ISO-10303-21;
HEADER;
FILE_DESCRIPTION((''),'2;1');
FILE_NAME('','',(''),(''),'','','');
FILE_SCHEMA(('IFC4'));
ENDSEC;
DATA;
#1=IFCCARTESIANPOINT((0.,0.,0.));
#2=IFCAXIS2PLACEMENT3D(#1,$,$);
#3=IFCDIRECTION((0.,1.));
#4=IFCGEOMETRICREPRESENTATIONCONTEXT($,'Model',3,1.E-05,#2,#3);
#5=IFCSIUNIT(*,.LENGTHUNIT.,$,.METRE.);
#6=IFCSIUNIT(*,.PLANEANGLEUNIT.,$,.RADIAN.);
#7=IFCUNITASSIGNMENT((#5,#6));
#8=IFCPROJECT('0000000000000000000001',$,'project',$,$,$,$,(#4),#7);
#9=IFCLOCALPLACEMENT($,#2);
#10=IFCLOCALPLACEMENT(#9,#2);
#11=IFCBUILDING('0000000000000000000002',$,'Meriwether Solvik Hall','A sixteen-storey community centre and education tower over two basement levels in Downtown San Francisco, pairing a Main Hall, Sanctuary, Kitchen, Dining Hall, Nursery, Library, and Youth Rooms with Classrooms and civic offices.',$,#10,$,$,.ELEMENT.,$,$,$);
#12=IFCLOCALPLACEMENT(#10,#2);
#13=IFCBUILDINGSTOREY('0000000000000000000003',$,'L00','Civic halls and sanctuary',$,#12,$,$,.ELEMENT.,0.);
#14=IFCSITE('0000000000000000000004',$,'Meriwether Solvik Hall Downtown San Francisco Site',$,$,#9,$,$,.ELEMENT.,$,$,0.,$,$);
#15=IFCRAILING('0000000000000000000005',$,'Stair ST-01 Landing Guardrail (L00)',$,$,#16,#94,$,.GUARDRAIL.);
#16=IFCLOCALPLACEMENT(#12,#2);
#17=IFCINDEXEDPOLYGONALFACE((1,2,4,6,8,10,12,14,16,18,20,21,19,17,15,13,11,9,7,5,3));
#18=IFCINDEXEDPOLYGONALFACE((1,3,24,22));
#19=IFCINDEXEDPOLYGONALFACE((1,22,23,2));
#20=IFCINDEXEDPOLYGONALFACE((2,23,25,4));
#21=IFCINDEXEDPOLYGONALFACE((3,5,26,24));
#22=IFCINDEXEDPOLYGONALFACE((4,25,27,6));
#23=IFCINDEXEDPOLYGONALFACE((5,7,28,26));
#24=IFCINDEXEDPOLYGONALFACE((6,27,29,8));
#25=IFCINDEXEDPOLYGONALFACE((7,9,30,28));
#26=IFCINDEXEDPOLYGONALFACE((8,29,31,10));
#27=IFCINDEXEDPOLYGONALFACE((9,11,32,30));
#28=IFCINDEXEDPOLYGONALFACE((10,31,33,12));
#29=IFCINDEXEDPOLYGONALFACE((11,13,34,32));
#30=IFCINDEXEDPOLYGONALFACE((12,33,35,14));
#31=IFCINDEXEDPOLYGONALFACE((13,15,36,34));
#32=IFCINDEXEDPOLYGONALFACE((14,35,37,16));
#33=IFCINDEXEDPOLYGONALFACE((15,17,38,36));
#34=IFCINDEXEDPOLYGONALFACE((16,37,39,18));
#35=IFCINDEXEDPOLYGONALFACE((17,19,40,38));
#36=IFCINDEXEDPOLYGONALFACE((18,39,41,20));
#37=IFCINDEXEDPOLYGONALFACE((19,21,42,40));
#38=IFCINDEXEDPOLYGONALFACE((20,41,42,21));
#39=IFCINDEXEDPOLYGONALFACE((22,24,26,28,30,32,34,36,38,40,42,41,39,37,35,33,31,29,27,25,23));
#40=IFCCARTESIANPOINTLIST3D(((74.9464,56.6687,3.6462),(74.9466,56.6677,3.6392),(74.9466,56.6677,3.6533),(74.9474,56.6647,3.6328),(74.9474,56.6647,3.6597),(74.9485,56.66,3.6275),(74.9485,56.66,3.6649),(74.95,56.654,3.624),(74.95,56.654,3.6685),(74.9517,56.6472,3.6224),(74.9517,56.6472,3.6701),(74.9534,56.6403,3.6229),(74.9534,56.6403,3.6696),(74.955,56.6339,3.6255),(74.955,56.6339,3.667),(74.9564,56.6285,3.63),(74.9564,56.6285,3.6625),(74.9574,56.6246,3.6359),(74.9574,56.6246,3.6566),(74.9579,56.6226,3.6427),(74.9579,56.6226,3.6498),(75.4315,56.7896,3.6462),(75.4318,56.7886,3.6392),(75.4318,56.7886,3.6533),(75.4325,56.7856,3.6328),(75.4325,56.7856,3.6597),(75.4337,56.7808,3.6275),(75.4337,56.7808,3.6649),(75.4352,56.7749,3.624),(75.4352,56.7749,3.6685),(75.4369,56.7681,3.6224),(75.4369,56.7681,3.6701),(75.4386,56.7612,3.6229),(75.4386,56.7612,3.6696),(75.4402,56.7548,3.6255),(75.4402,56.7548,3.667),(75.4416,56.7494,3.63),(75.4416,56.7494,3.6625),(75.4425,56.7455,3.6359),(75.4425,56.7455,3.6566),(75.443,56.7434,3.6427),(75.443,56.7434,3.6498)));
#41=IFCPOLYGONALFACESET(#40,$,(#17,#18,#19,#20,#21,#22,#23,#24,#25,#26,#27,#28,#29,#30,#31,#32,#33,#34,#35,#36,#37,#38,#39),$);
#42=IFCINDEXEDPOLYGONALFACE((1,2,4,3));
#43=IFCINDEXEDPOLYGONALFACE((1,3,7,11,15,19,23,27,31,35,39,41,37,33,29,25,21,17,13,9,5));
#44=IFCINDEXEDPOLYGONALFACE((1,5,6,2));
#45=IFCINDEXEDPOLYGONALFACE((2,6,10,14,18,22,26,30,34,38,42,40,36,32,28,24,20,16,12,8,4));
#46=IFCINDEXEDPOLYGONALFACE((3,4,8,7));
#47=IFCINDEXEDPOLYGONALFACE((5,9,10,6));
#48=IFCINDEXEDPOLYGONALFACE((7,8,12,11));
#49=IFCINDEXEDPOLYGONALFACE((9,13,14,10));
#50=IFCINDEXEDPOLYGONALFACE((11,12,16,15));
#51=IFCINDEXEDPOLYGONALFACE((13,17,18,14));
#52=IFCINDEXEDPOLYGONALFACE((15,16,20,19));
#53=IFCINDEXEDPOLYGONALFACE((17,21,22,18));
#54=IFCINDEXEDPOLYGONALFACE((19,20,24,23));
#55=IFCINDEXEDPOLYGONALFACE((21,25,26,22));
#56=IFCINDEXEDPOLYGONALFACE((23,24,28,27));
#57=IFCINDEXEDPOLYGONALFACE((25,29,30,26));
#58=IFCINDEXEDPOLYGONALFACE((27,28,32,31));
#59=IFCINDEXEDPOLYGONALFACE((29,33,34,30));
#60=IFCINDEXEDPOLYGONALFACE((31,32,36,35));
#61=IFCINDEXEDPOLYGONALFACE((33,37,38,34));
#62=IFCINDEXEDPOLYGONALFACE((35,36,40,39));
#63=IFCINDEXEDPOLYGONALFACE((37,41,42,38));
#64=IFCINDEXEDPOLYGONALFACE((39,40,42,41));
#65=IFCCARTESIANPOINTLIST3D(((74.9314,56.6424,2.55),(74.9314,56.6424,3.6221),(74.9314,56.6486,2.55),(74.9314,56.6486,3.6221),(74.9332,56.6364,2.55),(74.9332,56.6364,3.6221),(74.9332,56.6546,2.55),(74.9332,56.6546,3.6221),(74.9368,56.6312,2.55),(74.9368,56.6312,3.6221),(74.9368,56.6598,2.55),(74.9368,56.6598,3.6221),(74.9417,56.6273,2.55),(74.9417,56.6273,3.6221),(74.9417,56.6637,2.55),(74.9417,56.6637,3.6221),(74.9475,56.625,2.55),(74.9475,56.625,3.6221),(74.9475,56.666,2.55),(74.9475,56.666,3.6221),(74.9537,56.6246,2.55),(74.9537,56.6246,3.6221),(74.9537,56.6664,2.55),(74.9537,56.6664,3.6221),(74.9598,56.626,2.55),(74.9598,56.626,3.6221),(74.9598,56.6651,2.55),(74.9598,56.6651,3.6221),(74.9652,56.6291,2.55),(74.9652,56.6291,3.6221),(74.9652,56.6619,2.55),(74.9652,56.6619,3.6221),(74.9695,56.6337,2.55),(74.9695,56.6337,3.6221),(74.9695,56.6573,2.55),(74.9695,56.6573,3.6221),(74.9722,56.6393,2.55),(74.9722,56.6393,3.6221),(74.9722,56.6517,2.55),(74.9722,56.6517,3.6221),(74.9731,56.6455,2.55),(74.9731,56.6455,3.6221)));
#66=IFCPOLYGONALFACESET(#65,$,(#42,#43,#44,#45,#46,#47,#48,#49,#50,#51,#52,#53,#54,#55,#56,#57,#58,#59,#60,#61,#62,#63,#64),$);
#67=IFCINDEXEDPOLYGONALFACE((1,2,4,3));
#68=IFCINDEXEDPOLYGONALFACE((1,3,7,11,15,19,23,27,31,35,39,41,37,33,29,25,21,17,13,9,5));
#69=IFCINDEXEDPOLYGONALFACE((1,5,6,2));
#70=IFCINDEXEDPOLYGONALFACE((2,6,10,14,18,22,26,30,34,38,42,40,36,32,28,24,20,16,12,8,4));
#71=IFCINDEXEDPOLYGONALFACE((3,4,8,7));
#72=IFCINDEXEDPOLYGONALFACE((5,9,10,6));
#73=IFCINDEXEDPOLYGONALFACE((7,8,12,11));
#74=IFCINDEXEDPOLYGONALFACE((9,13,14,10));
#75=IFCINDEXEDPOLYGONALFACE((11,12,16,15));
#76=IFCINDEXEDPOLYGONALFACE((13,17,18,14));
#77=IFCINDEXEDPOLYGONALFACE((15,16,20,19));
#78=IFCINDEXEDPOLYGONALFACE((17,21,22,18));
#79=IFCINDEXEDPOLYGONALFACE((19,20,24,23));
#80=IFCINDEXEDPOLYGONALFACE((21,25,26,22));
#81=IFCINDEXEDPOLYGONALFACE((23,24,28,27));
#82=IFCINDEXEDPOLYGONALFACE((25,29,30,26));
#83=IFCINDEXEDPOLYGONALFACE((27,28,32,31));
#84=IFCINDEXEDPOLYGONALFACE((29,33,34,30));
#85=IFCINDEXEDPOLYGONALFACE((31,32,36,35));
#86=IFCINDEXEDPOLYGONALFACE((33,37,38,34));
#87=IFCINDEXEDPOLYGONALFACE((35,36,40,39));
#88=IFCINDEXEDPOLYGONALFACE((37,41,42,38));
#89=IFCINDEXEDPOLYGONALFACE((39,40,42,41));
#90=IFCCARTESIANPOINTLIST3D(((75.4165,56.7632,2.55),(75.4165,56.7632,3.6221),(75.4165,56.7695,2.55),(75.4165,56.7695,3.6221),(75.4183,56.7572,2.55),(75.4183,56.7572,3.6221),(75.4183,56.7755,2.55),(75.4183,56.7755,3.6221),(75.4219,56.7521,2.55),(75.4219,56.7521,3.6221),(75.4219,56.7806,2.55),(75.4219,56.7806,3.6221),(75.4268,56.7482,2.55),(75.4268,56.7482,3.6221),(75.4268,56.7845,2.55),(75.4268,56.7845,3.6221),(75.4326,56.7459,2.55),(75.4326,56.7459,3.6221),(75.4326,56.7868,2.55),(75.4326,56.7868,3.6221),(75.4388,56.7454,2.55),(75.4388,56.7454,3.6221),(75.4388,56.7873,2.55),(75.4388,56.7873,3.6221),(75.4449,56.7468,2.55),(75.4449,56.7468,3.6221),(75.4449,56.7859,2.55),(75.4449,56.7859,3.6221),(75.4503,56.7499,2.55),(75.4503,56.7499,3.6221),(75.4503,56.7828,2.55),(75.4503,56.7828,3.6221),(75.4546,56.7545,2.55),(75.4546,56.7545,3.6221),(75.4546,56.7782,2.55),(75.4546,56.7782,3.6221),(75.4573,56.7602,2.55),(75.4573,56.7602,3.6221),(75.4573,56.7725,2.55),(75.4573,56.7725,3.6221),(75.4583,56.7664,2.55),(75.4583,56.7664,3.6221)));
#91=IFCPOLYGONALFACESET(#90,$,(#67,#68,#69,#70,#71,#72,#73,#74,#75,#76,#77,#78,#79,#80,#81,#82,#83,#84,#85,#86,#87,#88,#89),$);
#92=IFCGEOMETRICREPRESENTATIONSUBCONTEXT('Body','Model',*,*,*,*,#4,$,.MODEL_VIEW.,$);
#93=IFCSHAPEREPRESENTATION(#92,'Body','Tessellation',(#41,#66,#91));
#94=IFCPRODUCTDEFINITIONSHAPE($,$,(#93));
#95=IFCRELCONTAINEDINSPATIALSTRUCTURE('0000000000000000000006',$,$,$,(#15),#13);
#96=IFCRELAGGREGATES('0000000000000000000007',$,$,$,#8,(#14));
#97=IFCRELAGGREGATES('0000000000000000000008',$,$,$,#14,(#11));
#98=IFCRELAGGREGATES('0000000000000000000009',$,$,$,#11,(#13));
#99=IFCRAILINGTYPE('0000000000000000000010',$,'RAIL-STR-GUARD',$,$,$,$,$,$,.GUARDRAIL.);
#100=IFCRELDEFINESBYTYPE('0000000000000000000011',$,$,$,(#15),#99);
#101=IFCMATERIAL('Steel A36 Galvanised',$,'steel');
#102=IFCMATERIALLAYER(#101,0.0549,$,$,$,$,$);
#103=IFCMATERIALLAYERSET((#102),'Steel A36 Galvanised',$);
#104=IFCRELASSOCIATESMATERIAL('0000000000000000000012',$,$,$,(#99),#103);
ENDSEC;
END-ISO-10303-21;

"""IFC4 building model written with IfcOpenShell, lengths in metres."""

from ifc_helpers import new_model, si_unit, direction, frame, origin, origin_2d, place, context, subcontext, project, spatial, circle, extrude, material, layer, layer_set, type_object, element, save


model = new_model("IFC4")

# Units and contexts
model_context = context("Model", 3, precision=1e-05, world=origin(), true_north=direction((0.0, 1.0)))
body_context = subcontext(model_context, "Body", "Model", "MODEL_VIEW")
ifc_project = project(units=[si_unit("LENGTHUNIT", "METRE"), si_unit("PLANEANGLEUNIT", "RADIAN")], contexts=[model_context])

# Site, building, storey
site_placement = place(None, origin())
site = spatial("IfcSite", under=ifc_project, at=site_placement, Name="Meriwether Solvik Hall Downtown San Francisco Site", CompositionType="ELEMENT", RefElevation=0.0)
building_placement = place(site_placement, origin())
building = spatial("IfcBuilding", under=site, at=building_placement, Name="Meriwether Solvik Hall", Description="A sixteen-storey community centre and education tower over two basement levels in Downtown San Francisco, pairing a Main Hall, Sanctuary, Kitchen, Dining Hall, Nursery, Library, and Youth Rooms with Classrooms and civic offices.", CompositionType="ELEMENT")
storey_placement = place(building_placement, origin())
storey = spatial("IfcBuildingStorey", under=building, at=storey_placement, Name="L00", Description="Civic halls and sanctuary", CompositionType="ELEMENT", Elevation=0.0)

# Railing
ifc_material_1 = material(Name="Steel A36 Galvanised", Category="steel")
ifc_layer_1 = layer(ifc_material_1, 0.0549)
ifc_layer_set_1 = layer_set([ifc_layer_1], Name="Steel A36 Galvanised")
railing_type_1 = type_object("IfcRailingType", Name="RAIL-STR-GUARD", PredefinedType="GUARDRAIL", material=ifc_layer_set_1)
railing_1_placement = place(storey_placement, frame((74.9521, 56.6455, 2.55)))
element("IfcRailing", 1, at=railing_1_placement, inside=storey, type_object=railing_type_1, Name="Stair ST-01 Landing Guardrail (L00)", PredefinedType="GUARDRAIL", context=body_context, shape_type="SweptSolid", body=[
    extrude(circle(Radius=0.0239, at=origin_2d()), frame((0.0, 0.0, 1.0962), z_axis=(0.970343, 0.241731, 0.0), x_axis=(-0.241731, 0.970343, 0.0)), (0.0, 0.0, 1.0), 0.5),
    extrude(circle(Radius=0.021, at=origin_2d()), origin(), (0.0, 0.0, 1.0), 1.072),
    extrude(circle(Radius=0.021, at=origin_2d()), frame((0.4851, 0.1208, 0.0)), (0.0, 0.0, 1.0), 1.072),
])

save(model, "model.ifc")
